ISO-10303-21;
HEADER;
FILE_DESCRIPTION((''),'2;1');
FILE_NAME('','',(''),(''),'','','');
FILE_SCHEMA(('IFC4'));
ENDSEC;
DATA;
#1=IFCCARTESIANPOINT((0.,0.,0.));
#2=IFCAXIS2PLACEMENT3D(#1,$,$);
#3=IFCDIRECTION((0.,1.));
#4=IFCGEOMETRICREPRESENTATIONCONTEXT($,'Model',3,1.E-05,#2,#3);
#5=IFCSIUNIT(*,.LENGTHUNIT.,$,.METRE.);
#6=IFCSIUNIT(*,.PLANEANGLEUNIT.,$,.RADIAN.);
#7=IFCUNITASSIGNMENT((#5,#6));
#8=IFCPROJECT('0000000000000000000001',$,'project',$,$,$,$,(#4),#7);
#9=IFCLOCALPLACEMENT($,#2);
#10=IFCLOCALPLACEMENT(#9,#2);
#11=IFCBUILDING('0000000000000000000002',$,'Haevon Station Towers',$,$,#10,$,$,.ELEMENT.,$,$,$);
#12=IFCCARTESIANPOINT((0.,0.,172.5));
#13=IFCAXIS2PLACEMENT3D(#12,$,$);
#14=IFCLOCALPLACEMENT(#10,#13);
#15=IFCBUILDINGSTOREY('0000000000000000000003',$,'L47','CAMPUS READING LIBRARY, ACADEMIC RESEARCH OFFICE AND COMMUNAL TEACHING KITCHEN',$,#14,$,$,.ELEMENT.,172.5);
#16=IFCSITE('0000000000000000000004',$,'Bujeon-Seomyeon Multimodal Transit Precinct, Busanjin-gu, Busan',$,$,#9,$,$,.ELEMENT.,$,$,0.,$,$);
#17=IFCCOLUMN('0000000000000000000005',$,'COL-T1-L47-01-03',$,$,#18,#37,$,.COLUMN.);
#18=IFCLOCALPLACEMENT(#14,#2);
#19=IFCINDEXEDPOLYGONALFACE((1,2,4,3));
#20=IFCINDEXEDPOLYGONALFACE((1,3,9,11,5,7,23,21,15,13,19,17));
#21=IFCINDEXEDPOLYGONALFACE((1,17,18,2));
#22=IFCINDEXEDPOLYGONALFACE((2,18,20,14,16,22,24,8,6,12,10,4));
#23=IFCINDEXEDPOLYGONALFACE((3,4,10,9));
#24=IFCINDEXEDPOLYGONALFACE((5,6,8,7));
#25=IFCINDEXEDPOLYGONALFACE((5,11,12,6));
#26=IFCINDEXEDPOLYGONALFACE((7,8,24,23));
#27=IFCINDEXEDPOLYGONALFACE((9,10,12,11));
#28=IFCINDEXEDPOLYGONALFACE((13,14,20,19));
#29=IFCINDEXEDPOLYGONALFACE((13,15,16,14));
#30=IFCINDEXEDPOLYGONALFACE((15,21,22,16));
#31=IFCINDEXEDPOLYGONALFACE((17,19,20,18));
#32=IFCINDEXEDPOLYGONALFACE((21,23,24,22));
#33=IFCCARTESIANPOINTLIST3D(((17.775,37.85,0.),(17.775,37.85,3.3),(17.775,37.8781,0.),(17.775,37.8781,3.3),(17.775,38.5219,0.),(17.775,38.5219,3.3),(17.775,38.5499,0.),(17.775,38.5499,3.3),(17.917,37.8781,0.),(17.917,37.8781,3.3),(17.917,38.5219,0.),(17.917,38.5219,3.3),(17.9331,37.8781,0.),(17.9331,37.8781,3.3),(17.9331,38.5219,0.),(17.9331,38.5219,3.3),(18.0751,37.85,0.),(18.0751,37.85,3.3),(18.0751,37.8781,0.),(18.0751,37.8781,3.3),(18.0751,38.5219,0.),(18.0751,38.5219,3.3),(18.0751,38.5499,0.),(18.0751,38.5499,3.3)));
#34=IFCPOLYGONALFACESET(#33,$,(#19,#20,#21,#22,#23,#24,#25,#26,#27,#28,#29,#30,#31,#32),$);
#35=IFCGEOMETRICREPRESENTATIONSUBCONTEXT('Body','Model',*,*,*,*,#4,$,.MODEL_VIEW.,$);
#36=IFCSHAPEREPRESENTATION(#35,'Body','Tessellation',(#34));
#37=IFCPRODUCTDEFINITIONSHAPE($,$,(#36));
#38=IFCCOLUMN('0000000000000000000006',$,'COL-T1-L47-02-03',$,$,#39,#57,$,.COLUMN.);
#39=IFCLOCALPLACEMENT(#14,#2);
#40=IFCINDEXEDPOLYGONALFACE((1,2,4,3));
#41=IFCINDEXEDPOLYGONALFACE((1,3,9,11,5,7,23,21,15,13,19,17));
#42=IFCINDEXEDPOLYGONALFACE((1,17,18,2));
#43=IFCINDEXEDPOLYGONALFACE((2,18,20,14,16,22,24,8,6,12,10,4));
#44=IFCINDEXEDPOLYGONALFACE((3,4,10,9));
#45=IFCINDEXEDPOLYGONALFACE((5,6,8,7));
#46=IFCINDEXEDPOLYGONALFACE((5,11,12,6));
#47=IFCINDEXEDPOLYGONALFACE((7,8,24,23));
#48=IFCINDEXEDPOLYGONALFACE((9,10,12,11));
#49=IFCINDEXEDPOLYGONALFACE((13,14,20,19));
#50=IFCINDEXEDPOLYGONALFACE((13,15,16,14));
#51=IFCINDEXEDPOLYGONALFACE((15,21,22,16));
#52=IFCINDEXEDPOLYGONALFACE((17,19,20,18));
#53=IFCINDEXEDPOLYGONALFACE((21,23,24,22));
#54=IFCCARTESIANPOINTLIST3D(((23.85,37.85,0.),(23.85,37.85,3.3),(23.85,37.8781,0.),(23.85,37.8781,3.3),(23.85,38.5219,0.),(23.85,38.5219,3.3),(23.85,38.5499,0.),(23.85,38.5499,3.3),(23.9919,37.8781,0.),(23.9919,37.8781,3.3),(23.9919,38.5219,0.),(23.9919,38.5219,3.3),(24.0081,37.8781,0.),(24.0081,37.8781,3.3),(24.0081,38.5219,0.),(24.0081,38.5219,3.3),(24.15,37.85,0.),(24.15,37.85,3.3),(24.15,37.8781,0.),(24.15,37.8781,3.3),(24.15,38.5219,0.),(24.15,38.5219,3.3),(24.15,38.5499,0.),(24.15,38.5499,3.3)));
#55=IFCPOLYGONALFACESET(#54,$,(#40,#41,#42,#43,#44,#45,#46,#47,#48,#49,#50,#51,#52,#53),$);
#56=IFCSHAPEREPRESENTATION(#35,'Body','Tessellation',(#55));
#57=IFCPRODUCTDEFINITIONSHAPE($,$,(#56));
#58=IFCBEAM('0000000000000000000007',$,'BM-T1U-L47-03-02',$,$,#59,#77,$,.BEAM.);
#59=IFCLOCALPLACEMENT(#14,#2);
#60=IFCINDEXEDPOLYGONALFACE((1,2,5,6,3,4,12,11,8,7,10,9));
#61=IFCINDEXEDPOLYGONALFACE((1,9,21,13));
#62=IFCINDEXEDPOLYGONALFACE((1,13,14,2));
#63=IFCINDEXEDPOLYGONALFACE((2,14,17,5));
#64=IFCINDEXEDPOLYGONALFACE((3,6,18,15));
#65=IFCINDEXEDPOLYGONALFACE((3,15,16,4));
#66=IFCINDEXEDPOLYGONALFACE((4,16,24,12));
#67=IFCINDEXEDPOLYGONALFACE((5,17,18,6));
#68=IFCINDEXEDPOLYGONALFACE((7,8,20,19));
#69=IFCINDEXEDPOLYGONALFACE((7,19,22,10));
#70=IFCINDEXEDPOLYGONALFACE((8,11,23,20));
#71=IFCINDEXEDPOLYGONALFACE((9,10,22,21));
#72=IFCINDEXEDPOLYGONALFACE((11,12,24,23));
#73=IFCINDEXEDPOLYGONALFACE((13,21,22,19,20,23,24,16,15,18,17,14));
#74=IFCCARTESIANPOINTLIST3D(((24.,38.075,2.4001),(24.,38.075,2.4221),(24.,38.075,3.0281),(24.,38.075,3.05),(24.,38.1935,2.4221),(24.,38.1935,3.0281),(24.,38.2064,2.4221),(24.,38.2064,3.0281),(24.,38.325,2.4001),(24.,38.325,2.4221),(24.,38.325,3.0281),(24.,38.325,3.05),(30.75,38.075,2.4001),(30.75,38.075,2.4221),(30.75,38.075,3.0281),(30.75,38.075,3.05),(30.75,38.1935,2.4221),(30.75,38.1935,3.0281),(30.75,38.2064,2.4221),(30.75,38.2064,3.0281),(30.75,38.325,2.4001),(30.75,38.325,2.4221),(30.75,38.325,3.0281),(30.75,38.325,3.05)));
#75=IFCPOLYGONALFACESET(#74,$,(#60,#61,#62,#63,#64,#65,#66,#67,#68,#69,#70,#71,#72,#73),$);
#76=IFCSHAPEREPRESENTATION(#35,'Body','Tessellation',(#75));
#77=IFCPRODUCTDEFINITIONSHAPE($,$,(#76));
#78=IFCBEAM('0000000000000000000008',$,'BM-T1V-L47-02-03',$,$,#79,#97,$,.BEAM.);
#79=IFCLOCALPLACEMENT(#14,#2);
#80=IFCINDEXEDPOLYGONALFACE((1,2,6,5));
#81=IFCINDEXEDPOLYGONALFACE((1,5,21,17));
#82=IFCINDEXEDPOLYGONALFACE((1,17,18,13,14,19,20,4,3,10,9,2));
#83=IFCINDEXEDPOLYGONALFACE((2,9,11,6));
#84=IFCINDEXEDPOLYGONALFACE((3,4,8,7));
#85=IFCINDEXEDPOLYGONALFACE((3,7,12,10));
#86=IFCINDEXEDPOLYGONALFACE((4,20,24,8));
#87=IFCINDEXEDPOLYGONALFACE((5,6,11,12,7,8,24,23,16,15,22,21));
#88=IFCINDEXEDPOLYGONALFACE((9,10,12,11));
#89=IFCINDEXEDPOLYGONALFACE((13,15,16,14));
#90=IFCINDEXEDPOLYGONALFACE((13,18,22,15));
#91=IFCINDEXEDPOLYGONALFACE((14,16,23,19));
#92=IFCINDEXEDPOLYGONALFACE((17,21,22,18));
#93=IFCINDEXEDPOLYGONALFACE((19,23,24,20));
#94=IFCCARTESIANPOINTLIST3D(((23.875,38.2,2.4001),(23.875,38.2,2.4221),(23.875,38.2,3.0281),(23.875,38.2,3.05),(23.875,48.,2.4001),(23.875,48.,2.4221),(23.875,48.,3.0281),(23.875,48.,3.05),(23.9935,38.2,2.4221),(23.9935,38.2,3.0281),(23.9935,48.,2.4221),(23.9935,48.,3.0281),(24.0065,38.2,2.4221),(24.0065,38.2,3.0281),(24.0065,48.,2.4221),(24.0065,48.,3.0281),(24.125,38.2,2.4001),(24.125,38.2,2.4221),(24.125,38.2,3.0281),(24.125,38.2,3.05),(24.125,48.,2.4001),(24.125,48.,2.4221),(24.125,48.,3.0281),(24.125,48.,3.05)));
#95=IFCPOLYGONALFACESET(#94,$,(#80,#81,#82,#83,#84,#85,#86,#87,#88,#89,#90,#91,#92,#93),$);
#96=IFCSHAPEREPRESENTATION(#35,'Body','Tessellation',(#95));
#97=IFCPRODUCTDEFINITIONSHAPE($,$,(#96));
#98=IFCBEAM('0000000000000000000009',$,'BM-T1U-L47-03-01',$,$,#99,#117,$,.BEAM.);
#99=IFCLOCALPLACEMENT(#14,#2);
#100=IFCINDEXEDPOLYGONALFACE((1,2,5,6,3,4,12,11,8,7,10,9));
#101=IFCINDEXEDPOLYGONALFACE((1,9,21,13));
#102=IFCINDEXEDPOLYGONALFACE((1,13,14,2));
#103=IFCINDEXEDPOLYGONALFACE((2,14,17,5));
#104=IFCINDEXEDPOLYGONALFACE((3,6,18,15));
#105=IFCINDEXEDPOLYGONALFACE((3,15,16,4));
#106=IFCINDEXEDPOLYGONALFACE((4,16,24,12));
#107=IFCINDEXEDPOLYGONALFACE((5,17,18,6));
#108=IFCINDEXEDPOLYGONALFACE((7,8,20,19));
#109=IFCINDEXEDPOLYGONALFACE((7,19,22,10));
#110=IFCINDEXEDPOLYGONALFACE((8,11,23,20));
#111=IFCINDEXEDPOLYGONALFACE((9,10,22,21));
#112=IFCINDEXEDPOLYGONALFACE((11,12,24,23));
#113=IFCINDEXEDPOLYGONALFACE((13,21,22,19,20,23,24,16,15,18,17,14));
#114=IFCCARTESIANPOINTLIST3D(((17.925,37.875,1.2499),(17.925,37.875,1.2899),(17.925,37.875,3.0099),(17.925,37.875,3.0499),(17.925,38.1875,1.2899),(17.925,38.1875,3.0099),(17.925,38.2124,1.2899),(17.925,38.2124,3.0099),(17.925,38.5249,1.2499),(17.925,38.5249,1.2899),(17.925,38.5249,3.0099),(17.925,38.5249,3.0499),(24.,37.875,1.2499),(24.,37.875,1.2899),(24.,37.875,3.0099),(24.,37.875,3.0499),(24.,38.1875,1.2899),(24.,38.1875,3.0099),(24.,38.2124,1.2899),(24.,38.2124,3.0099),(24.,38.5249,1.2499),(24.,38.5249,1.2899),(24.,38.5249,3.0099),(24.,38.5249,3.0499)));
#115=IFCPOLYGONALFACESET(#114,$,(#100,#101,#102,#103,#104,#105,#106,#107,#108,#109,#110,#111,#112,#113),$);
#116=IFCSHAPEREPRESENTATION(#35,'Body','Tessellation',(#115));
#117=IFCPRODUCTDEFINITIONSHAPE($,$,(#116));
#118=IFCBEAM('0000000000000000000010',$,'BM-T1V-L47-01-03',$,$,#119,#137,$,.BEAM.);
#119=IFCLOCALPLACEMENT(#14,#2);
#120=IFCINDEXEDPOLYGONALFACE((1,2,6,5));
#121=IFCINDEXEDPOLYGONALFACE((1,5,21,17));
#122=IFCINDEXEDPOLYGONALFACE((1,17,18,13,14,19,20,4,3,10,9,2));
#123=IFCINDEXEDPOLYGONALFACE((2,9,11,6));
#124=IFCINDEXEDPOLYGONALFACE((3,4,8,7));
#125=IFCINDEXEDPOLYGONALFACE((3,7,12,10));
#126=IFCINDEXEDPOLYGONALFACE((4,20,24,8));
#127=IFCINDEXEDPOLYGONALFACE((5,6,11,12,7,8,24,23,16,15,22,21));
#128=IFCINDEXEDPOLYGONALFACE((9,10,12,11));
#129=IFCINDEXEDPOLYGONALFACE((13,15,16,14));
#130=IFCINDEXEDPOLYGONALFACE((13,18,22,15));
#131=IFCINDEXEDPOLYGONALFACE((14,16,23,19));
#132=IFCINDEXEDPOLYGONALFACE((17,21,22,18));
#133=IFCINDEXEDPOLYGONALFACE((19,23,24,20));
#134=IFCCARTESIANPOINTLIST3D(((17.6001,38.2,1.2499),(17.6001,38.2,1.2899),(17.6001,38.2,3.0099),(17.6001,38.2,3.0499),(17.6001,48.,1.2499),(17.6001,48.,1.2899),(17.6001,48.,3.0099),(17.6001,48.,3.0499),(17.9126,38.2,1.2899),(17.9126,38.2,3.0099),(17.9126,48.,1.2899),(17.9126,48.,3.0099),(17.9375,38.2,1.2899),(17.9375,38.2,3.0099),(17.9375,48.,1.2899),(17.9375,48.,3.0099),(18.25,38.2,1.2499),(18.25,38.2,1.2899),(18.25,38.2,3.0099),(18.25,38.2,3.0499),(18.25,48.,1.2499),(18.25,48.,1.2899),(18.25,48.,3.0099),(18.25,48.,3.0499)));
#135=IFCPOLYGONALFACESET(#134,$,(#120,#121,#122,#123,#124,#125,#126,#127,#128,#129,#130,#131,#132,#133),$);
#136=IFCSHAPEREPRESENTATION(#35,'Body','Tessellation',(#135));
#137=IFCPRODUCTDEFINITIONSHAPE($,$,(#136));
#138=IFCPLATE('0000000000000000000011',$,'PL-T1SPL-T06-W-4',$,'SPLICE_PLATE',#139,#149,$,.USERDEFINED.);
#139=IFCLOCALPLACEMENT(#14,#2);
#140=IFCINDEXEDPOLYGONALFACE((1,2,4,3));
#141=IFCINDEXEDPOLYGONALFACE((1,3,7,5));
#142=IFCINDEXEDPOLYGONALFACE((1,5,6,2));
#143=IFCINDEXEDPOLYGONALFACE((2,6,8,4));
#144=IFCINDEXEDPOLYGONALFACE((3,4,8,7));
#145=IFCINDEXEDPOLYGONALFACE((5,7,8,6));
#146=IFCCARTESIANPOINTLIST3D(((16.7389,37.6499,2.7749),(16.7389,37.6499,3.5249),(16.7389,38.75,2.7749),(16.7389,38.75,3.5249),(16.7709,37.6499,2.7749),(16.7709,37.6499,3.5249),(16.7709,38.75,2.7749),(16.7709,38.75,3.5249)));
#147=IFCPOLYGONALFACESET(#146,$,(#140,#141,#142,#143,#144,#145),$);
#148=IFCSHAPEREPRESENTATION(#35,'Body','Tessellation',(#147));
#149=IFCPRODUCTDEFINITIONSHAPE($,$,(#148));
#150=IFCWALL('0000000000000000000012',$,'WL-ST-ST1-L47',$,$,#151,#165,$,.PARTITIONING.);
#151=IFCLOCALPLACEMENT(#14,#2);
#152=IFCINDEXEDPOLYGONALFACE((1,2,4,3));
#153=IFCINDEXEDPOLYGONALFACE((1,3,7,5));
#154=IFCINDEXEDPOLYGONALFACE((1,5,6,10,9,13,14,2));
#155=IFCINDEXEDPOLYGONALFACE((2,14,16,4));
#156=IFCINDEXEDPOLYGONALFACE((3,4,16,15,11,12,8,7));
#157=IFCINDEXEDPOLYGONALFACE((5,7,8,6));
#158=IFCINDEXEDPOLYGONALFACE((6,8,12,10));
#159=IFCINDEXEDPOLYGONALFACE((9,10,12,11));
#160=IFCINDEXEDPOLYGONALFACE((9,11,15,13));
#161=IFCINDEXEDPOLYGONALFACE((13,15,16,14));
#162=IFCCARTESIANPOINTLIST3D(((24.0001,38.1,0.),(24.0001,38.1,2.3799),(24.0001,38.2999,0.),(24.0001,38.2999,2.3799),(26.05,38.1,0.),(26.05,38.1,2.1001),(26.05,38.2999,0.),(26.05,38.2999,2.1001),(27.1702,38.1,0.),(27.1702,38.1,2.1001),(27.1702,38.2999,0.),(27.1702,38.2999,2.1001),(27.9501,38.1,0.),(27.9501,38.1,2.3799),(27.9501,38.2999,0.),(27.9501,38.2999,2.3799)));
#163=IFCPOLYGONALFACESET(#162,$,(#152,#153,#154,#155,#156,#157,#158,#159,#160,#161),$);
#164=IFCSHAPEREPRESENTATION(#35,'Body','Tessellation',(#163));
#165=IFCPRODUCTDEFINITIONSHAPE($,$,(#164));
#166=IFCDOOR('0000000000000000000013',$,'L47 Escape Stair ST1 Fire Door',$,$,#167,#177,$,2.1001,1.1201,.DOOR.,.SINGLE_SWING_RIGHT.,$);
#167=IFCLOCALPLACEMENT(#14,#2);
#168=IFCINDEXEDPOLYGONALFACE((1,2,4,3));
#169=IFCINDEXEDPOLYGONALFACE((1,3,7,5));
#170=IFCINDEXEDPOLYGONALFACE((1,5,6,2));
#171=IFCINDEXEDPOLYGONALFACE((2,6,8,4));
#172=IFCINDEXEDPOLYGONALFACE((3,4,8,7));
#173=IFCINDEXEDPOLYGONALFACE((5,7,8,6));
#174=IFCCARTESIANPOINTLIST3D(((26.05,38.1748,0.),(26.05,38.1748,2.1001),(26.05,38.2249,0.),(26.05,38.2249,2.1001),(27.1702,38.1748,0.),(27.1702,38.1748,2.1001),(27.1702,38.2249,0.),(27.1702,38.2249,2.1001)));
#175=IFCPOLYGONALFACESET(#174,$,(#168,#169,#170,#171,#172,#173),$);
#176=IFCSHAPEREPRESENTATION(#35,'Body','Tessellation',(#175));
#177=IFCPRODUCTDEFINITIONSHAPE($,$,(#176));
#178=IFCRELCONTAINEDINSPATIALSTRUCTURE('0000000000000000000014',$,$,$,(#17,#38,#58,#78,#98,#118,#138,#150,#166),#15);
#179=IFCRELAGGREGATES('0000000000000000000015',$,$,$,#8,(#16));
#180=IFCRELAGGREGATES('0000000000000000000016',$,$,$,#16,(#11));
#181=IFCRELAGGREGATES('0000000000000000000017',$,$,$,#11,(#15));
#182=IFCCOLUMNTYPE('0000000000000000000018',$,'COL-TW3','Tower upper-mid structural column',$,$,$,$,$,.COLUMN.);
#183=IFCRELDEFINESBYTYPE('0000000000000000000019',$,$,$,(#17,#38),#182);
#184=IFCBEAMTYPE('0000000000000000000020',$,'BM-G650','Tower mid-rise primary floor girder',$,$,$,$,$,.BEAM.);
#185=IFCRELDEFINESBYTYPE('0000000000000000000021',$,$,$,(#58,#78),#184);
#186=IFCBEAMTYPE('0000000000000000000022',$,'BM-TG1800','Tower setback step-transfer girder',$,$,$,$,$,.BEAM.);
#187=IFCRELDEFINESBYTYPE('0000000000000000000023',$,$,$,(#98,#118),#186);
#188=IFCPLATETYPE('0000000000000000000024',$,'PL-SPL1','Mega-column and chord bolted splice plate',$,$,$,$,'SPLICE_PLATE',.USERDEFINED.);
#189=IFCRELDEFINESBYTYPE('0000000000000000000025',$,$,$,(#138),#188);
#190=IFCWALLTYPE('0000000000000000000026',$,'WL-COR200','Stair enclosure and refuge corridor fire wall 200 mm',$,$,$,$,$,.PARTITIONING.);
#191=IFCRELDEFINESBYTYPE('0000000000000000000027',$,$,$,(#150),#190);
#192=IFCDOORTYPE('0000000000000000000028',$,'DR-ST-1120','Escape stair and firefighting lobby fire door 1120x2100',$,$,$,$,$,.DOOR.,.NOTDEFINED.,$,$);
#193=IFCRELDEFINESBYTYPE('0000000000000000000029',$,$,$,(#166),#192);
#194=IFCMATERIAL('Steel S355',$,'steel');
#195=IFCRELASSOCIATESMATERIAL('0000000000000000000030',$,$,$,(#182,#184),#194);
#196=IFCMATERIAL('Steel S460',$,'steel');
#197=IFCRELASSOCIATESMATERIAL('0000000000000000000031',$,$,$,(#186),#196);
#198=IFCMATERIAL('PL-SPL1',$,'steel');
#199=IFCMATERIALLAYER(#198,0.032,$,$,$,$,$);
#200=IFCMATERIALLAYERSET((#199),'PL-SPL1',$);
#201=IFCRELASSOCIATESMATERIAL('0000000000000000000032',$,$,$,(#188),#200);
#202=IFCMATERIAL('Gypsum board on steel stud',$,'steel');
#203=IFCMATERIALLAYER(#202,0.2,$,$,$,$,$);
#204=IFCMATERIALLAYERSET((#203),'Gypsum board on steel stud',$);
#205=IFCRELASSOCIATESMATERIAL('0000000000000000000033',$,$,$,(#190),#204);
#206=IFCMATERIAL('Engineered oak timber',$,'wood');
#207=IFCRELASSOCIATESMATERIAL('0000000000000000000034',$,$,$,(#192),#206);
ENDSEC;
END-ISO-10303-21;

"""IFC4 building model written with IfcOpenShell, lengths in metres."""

from ifc_helpers import new_model, si_unit, direction, frame, frame_2d, origin, origin_2d, place, context, subcontext, project, spatial, rectangle, i_section, extrude, material, layer, layer_set, material_profile, profile_set, type_object, element, fill, save


model = new_model("IFC4")

# Units and contexts
model_context = context("Model", 3, precision=1e-05, world=origin(), true_north=direction((0.0, 1.0)))
body_context = subcontext(model_context, "Body", "Model", "MODEL_VIEW")
ifc_project = project(units=[si_unit("LENGTHUNIT", "METRE"), si_unit("PLANEANGLEUNIT", "RADIAN")], contexts=[model_context])

# Site, building, storey
site_placement = place(None, origin())
site = spatial("IfcSite", under=ifc_project, at=site_placement, Name="Bujeon-Seomyeon Multimodal Transit Precinct, Busanjin-gu, Busan", CompositionType="ELEMENT", RefElevation=0.0)
building_placement = place(site_placement, origin())
building = spatial("IfcBuilding", under=site, at=building_placement, Name="Haevon Station Towers", CompositionType="ELEMENT")
storey_placement = place(building_placement, frame((0.0, 0.0, 172.5)))
storey = spatial("IfcBuildingStorey", under=building, at=storey_placement, Name="L47", Description="CAMPUS READING LIBRARY, ACADEMIC RESEARCH OFFICE AND COMMUNAL TEACHING KITCHEN", CompositionType="ELEMENT", Elevation=172.5)

# Columns
ifc_material_1 = material(Name="Steel S355", Category="steel")
ifc_material_profile_1 = material_profile(ifc_material_1, i_section(OverallWidth=0.3, OverallDepth=0.7, WebThickness=0.0161, FlangeThickness=0.0281, at=origin_2d()), Name="H-700x300x16x28")
ifc_profile_set_1 = profile_set([ifc_material_profile_1], Name="Steel S355")
column_type = type_object("IfcColumnType", Name="COL-TW3", Description="Tower upper-mid structural column", PredefinedType="COLUMN", material=ifc_profile_set_1)
for number, where, z_axis, x_axis, name in (
    (1, (17.925, 38.2, 0.0), (0.0, 0.0, 1.0), (1.0, 0.0, 0.0), "COL-T1-L47-01-03"),
    (2, (24.0, 38.2, 0.0), (0.0, 0.0, 1.0), (1.0, 0.0, 0.0), "COL-T1-L47-02-03"),
):
    element("IfcColumn", number, at=place(storey_placement, frame(where, z_axis=z_axis, x_axis=x_axis)), inside=storey, type_object=column_type, Name=name, PredefinedType="COLUMN", context=body_context, shape_type="SweptSolid", body=[
        extrude(i_section(OverallWidth=0.3, OverallDepth=0.7, WebThickness=0.0161, FlangeThickness=0.0281, at=origin_2d()), origin(), (0.0, 0.0, 1.0), 3.3),
    ])

# Beams
ifc_material_profile_2 = material_profile(ifc_material_1, i_section(OverallWidth=0.25, OverallDepth=0.6499, WebThickness=0.0129, FlangeThickness=0.022, at=origin_2d()), Name="H-650x250x13x22")
ifc_profile_set_2 = profile_set([ifc_material_profile_2], Name="Steel S355")
beam_type_1 = type_object("IfcBeamType", Name="BM-G650", Description="Tower mid-rise primary floor girder", PredefinedType="BEAM", material=ifc_profile_set_2)
beam_1_placement = place(storey_placement, frame((24.0, 38.2, 2.7251), z_axis=(1.0, 0.0, 0.0), x_axis=(0.0, 1.0, 0.0)))
element("IfcBeam", 3, at=beam_1_placement, inside=storey, type_object=beam_type_1, Name="BM-T1U-L47-03-02", PredefinedType="BEAM", context=body_context, shape_type="SweptSolid", body=[
    extrude(i_section(OverallWidth=0.25, OverallDepth=0.6499, WebThickness=0.0129, FlangeThickness=0.022, at=origin_2d()), origin(), (0.0, 0.0, 1.0), 6.75),
])
beam_2_placement = place(storey_placement, frame((24.0, 38.2, 2.7251), z_axis=(0.0, 1.0, 0.0), x_axis=(-1.0, 0.0, 0.0)))
element("IfcBeam", 4, at=beam_2_placement, inside=storey, type_object=beam_type_1, Name="BM-T1V-L47-02-03", PredefinedType="BEAM", context=body_context, shape_type="SweptSolid", body=[
    extrude(i_section(OverallWidth=0.25, OverallDepth=0.6499, WebThickness=0.0129, FlangeThickness=0.022, at=origin_2d()), origin(), (0.0, 0.0, 1.0), 9.8),
])
ifc_material_2 = material(Name="Steel S460", Category="steel")
ifc_material_profile_3 = material_profile(ifc_material_2, i_section(OverallWidth=0.6499, OverallDepth=1.8, WebThickness=0.0249, FlangeThickness=0.04, at=origin_2d()), Name="H-1800x650x25x40")
ifc_profile_set_3 = profile_set([ifc_material_profile_3], Name="Steel S460")
beam_type_2 = type_object("IfcBeamType", Name="BM-TG1800", Description="Tower setback step-transfer girder", PredefinedType="BEAM", material=ifc_profile_set_3)
beam_3_placement = place(storey_placement, frame((17.925, 38.2, 2.1499), z_axis=(1.0, 0.0, 0.0), x_axis=(0.0, 1.0, 0.0)))
element("IfcBeam", 5, at=beam_3_placement, inside=storey, type_object=beam_type_2, Name="BM-T1U-L47-03-01", PredefinedType="BEAM", context=body_context, shape_type="SweptSolid", body=[
    extrude(i_section(OverallWidth=0.6499, OverallDepth=1.8, WebThickness=0.0249, FlangeThickness=0.04, at=origin_2d()), origin(), (0.0, 0.0, 1.0), 6.075),
])
beam_4_placement = place(storey_placement, frame((17.925, 38.2, 2.1499), z_axis=(0.0, 1.0, 0.0), x_axis=(-1.0, 0.0, 0.0)))
element("IfcBeam", 6, at=beam_4_placement, inside=storey, type_object=beam_type_2, Name="BM-T1V-L47-01-03", PredefinedType="BEAM", context=body_context, shape_type="SweptSolid", body=[
    extrude(i_section(OverallWidth=0.6499, OverallDepth=1.8, WebThickness=0.0249, FlangeThickness=0.04, at=origin_2d()), origin(), (0.0, 0.0, 1.0), 9.8),
])

# Plate
ifc_material_3 = material(Name="PL-SPL1", Category="steel")
ifc_layer_1 = layer(ifc_material_3, 0.032)
ifc_layer_set_1 = layer_set([ifc_layer_1], Name="PL-SPL1")
plate_type = type_object("IfcPlateType", Name="PL-SPL1", Description="Mega-column and chord bolted splice plate", ElementType="SPLICE_PLATE", PredefinedType="USERDEFINED", material=ifc_layer_set_1)
plate_placement = place(storey_placement, frame((16.7549, 38.2, 2.7749), z_axis=(0.0, 0.0, 1.0), x_axis=(0.0, 1.0, 0.0)))
element("IfcPlate", 7, at=plate_placement, inside=storey, type_object=plate_type, Name="PL-T1SPL-T06-W-4", ObjectType="SPLICE_PLATE", PredefinedType="USERDEFINED", context=body_context, shape_type="SweptSolid", body=[
    extrude(rectangle(XDim=1.1001, YDim=0.032, at=origin_2d()), origin(), (0.0, 0.0, 1.0), 0.75),
])

# Shared definitions
ifc_material_4 = material(Name="Gypsum board on steel stud", Category="steel")
ifc_material_5 = material(Name="Engineered oak timber", Category="wood")

# Wall, opening, door
ifc_layer_2 = layer(ifc_material_4, 0.2)
ifc_layer_set_2 = layer_set([ifc_layer_2], Name="Gypsum board on steel stud")
wall_type_1 = type_object("IfcWallType", Name="WL-COR200", Description="Stair enclosure and refuge corridor fire wall 200 mm", PredefinedType="PARTITIONING", material=ifc_layer_set_2)
wall_1_placement = place(storey_placement, frame((24.0, 38.2, 0.0), z_axis=(0.0, 0.0, 1.0), x_axis=(1.0, 0.0, 0.0)))
wall_1 = element("IfcWall", 8, at=wall_1_placement, inside=storey, type_object=wall_type_1, Name="WL-ST-ST1-L47", PredefinedType="PARTITIONING", context=body_context, shape_type="SweptSolid", body=[
    extrude(rectangle(XDim=3.95, YDim=0.2, at=frame_2d((1.9751, 0.0))), origin(), (0.0, 0.0, 1.0), 2.3799),
])
opening_1_placement = place(wall_1_placement, frame((2.05, 0.0, 0.0)))
opening_1 = element("IfcOpeningElement", 9, at=opening_1_placement, cuts=wall_1, PredefinedType="OPENING", context=body_context, shape_type="SweptSolid", body=[
    extrude(rectangle(XDim=1.1201, YDim=2.1001, at=frame_2d((0.5601, 1.05))), frame((0.0, 0.1099, 0.0), z_axis=(0.0, -1.0, 0.0), x_axis=(1.0, 0.0, 0.0)), (0.0, 0.0, 1.0), 0.22),
])
door_type_1 = type_object("IfcDoorType", Name="DR-ST-1120", Description="Escape stair and firefighting lobby fire door 1120x2100", OperationType="NOTDEFINED", PredefinedType="DOOR", material=ifc_material_5)
door_1_placement = place(opening_1_placement, origin())
door_1 = element("IfcDoor", 10, at=door_1_placement, inside=storey, type_object=door_type_1, Name="L47 Escape Stair ST1 Fire Door", OperationType="SINGLE_SWING_RIGHT", OverallHeight=2.1001, OverallWidth=1.1201, PredefinedType="DOOR", context=body_context, shape_type="SweptSolid", body=[
    extrude(rectangle(XDim=1.1201, YDim=2.1001, at=frame_2d((0.5601, 1.05))), frame((0.0, 0.0249, 0.0), z_axis=(0.0, -1.0, 0.0), x_axis=(1.0, 0.0, 0.0)), (0.0, 0.0, 1.0), 0.05),
])
fill(opening_1, door_1)

save(model, "model.ifc")
